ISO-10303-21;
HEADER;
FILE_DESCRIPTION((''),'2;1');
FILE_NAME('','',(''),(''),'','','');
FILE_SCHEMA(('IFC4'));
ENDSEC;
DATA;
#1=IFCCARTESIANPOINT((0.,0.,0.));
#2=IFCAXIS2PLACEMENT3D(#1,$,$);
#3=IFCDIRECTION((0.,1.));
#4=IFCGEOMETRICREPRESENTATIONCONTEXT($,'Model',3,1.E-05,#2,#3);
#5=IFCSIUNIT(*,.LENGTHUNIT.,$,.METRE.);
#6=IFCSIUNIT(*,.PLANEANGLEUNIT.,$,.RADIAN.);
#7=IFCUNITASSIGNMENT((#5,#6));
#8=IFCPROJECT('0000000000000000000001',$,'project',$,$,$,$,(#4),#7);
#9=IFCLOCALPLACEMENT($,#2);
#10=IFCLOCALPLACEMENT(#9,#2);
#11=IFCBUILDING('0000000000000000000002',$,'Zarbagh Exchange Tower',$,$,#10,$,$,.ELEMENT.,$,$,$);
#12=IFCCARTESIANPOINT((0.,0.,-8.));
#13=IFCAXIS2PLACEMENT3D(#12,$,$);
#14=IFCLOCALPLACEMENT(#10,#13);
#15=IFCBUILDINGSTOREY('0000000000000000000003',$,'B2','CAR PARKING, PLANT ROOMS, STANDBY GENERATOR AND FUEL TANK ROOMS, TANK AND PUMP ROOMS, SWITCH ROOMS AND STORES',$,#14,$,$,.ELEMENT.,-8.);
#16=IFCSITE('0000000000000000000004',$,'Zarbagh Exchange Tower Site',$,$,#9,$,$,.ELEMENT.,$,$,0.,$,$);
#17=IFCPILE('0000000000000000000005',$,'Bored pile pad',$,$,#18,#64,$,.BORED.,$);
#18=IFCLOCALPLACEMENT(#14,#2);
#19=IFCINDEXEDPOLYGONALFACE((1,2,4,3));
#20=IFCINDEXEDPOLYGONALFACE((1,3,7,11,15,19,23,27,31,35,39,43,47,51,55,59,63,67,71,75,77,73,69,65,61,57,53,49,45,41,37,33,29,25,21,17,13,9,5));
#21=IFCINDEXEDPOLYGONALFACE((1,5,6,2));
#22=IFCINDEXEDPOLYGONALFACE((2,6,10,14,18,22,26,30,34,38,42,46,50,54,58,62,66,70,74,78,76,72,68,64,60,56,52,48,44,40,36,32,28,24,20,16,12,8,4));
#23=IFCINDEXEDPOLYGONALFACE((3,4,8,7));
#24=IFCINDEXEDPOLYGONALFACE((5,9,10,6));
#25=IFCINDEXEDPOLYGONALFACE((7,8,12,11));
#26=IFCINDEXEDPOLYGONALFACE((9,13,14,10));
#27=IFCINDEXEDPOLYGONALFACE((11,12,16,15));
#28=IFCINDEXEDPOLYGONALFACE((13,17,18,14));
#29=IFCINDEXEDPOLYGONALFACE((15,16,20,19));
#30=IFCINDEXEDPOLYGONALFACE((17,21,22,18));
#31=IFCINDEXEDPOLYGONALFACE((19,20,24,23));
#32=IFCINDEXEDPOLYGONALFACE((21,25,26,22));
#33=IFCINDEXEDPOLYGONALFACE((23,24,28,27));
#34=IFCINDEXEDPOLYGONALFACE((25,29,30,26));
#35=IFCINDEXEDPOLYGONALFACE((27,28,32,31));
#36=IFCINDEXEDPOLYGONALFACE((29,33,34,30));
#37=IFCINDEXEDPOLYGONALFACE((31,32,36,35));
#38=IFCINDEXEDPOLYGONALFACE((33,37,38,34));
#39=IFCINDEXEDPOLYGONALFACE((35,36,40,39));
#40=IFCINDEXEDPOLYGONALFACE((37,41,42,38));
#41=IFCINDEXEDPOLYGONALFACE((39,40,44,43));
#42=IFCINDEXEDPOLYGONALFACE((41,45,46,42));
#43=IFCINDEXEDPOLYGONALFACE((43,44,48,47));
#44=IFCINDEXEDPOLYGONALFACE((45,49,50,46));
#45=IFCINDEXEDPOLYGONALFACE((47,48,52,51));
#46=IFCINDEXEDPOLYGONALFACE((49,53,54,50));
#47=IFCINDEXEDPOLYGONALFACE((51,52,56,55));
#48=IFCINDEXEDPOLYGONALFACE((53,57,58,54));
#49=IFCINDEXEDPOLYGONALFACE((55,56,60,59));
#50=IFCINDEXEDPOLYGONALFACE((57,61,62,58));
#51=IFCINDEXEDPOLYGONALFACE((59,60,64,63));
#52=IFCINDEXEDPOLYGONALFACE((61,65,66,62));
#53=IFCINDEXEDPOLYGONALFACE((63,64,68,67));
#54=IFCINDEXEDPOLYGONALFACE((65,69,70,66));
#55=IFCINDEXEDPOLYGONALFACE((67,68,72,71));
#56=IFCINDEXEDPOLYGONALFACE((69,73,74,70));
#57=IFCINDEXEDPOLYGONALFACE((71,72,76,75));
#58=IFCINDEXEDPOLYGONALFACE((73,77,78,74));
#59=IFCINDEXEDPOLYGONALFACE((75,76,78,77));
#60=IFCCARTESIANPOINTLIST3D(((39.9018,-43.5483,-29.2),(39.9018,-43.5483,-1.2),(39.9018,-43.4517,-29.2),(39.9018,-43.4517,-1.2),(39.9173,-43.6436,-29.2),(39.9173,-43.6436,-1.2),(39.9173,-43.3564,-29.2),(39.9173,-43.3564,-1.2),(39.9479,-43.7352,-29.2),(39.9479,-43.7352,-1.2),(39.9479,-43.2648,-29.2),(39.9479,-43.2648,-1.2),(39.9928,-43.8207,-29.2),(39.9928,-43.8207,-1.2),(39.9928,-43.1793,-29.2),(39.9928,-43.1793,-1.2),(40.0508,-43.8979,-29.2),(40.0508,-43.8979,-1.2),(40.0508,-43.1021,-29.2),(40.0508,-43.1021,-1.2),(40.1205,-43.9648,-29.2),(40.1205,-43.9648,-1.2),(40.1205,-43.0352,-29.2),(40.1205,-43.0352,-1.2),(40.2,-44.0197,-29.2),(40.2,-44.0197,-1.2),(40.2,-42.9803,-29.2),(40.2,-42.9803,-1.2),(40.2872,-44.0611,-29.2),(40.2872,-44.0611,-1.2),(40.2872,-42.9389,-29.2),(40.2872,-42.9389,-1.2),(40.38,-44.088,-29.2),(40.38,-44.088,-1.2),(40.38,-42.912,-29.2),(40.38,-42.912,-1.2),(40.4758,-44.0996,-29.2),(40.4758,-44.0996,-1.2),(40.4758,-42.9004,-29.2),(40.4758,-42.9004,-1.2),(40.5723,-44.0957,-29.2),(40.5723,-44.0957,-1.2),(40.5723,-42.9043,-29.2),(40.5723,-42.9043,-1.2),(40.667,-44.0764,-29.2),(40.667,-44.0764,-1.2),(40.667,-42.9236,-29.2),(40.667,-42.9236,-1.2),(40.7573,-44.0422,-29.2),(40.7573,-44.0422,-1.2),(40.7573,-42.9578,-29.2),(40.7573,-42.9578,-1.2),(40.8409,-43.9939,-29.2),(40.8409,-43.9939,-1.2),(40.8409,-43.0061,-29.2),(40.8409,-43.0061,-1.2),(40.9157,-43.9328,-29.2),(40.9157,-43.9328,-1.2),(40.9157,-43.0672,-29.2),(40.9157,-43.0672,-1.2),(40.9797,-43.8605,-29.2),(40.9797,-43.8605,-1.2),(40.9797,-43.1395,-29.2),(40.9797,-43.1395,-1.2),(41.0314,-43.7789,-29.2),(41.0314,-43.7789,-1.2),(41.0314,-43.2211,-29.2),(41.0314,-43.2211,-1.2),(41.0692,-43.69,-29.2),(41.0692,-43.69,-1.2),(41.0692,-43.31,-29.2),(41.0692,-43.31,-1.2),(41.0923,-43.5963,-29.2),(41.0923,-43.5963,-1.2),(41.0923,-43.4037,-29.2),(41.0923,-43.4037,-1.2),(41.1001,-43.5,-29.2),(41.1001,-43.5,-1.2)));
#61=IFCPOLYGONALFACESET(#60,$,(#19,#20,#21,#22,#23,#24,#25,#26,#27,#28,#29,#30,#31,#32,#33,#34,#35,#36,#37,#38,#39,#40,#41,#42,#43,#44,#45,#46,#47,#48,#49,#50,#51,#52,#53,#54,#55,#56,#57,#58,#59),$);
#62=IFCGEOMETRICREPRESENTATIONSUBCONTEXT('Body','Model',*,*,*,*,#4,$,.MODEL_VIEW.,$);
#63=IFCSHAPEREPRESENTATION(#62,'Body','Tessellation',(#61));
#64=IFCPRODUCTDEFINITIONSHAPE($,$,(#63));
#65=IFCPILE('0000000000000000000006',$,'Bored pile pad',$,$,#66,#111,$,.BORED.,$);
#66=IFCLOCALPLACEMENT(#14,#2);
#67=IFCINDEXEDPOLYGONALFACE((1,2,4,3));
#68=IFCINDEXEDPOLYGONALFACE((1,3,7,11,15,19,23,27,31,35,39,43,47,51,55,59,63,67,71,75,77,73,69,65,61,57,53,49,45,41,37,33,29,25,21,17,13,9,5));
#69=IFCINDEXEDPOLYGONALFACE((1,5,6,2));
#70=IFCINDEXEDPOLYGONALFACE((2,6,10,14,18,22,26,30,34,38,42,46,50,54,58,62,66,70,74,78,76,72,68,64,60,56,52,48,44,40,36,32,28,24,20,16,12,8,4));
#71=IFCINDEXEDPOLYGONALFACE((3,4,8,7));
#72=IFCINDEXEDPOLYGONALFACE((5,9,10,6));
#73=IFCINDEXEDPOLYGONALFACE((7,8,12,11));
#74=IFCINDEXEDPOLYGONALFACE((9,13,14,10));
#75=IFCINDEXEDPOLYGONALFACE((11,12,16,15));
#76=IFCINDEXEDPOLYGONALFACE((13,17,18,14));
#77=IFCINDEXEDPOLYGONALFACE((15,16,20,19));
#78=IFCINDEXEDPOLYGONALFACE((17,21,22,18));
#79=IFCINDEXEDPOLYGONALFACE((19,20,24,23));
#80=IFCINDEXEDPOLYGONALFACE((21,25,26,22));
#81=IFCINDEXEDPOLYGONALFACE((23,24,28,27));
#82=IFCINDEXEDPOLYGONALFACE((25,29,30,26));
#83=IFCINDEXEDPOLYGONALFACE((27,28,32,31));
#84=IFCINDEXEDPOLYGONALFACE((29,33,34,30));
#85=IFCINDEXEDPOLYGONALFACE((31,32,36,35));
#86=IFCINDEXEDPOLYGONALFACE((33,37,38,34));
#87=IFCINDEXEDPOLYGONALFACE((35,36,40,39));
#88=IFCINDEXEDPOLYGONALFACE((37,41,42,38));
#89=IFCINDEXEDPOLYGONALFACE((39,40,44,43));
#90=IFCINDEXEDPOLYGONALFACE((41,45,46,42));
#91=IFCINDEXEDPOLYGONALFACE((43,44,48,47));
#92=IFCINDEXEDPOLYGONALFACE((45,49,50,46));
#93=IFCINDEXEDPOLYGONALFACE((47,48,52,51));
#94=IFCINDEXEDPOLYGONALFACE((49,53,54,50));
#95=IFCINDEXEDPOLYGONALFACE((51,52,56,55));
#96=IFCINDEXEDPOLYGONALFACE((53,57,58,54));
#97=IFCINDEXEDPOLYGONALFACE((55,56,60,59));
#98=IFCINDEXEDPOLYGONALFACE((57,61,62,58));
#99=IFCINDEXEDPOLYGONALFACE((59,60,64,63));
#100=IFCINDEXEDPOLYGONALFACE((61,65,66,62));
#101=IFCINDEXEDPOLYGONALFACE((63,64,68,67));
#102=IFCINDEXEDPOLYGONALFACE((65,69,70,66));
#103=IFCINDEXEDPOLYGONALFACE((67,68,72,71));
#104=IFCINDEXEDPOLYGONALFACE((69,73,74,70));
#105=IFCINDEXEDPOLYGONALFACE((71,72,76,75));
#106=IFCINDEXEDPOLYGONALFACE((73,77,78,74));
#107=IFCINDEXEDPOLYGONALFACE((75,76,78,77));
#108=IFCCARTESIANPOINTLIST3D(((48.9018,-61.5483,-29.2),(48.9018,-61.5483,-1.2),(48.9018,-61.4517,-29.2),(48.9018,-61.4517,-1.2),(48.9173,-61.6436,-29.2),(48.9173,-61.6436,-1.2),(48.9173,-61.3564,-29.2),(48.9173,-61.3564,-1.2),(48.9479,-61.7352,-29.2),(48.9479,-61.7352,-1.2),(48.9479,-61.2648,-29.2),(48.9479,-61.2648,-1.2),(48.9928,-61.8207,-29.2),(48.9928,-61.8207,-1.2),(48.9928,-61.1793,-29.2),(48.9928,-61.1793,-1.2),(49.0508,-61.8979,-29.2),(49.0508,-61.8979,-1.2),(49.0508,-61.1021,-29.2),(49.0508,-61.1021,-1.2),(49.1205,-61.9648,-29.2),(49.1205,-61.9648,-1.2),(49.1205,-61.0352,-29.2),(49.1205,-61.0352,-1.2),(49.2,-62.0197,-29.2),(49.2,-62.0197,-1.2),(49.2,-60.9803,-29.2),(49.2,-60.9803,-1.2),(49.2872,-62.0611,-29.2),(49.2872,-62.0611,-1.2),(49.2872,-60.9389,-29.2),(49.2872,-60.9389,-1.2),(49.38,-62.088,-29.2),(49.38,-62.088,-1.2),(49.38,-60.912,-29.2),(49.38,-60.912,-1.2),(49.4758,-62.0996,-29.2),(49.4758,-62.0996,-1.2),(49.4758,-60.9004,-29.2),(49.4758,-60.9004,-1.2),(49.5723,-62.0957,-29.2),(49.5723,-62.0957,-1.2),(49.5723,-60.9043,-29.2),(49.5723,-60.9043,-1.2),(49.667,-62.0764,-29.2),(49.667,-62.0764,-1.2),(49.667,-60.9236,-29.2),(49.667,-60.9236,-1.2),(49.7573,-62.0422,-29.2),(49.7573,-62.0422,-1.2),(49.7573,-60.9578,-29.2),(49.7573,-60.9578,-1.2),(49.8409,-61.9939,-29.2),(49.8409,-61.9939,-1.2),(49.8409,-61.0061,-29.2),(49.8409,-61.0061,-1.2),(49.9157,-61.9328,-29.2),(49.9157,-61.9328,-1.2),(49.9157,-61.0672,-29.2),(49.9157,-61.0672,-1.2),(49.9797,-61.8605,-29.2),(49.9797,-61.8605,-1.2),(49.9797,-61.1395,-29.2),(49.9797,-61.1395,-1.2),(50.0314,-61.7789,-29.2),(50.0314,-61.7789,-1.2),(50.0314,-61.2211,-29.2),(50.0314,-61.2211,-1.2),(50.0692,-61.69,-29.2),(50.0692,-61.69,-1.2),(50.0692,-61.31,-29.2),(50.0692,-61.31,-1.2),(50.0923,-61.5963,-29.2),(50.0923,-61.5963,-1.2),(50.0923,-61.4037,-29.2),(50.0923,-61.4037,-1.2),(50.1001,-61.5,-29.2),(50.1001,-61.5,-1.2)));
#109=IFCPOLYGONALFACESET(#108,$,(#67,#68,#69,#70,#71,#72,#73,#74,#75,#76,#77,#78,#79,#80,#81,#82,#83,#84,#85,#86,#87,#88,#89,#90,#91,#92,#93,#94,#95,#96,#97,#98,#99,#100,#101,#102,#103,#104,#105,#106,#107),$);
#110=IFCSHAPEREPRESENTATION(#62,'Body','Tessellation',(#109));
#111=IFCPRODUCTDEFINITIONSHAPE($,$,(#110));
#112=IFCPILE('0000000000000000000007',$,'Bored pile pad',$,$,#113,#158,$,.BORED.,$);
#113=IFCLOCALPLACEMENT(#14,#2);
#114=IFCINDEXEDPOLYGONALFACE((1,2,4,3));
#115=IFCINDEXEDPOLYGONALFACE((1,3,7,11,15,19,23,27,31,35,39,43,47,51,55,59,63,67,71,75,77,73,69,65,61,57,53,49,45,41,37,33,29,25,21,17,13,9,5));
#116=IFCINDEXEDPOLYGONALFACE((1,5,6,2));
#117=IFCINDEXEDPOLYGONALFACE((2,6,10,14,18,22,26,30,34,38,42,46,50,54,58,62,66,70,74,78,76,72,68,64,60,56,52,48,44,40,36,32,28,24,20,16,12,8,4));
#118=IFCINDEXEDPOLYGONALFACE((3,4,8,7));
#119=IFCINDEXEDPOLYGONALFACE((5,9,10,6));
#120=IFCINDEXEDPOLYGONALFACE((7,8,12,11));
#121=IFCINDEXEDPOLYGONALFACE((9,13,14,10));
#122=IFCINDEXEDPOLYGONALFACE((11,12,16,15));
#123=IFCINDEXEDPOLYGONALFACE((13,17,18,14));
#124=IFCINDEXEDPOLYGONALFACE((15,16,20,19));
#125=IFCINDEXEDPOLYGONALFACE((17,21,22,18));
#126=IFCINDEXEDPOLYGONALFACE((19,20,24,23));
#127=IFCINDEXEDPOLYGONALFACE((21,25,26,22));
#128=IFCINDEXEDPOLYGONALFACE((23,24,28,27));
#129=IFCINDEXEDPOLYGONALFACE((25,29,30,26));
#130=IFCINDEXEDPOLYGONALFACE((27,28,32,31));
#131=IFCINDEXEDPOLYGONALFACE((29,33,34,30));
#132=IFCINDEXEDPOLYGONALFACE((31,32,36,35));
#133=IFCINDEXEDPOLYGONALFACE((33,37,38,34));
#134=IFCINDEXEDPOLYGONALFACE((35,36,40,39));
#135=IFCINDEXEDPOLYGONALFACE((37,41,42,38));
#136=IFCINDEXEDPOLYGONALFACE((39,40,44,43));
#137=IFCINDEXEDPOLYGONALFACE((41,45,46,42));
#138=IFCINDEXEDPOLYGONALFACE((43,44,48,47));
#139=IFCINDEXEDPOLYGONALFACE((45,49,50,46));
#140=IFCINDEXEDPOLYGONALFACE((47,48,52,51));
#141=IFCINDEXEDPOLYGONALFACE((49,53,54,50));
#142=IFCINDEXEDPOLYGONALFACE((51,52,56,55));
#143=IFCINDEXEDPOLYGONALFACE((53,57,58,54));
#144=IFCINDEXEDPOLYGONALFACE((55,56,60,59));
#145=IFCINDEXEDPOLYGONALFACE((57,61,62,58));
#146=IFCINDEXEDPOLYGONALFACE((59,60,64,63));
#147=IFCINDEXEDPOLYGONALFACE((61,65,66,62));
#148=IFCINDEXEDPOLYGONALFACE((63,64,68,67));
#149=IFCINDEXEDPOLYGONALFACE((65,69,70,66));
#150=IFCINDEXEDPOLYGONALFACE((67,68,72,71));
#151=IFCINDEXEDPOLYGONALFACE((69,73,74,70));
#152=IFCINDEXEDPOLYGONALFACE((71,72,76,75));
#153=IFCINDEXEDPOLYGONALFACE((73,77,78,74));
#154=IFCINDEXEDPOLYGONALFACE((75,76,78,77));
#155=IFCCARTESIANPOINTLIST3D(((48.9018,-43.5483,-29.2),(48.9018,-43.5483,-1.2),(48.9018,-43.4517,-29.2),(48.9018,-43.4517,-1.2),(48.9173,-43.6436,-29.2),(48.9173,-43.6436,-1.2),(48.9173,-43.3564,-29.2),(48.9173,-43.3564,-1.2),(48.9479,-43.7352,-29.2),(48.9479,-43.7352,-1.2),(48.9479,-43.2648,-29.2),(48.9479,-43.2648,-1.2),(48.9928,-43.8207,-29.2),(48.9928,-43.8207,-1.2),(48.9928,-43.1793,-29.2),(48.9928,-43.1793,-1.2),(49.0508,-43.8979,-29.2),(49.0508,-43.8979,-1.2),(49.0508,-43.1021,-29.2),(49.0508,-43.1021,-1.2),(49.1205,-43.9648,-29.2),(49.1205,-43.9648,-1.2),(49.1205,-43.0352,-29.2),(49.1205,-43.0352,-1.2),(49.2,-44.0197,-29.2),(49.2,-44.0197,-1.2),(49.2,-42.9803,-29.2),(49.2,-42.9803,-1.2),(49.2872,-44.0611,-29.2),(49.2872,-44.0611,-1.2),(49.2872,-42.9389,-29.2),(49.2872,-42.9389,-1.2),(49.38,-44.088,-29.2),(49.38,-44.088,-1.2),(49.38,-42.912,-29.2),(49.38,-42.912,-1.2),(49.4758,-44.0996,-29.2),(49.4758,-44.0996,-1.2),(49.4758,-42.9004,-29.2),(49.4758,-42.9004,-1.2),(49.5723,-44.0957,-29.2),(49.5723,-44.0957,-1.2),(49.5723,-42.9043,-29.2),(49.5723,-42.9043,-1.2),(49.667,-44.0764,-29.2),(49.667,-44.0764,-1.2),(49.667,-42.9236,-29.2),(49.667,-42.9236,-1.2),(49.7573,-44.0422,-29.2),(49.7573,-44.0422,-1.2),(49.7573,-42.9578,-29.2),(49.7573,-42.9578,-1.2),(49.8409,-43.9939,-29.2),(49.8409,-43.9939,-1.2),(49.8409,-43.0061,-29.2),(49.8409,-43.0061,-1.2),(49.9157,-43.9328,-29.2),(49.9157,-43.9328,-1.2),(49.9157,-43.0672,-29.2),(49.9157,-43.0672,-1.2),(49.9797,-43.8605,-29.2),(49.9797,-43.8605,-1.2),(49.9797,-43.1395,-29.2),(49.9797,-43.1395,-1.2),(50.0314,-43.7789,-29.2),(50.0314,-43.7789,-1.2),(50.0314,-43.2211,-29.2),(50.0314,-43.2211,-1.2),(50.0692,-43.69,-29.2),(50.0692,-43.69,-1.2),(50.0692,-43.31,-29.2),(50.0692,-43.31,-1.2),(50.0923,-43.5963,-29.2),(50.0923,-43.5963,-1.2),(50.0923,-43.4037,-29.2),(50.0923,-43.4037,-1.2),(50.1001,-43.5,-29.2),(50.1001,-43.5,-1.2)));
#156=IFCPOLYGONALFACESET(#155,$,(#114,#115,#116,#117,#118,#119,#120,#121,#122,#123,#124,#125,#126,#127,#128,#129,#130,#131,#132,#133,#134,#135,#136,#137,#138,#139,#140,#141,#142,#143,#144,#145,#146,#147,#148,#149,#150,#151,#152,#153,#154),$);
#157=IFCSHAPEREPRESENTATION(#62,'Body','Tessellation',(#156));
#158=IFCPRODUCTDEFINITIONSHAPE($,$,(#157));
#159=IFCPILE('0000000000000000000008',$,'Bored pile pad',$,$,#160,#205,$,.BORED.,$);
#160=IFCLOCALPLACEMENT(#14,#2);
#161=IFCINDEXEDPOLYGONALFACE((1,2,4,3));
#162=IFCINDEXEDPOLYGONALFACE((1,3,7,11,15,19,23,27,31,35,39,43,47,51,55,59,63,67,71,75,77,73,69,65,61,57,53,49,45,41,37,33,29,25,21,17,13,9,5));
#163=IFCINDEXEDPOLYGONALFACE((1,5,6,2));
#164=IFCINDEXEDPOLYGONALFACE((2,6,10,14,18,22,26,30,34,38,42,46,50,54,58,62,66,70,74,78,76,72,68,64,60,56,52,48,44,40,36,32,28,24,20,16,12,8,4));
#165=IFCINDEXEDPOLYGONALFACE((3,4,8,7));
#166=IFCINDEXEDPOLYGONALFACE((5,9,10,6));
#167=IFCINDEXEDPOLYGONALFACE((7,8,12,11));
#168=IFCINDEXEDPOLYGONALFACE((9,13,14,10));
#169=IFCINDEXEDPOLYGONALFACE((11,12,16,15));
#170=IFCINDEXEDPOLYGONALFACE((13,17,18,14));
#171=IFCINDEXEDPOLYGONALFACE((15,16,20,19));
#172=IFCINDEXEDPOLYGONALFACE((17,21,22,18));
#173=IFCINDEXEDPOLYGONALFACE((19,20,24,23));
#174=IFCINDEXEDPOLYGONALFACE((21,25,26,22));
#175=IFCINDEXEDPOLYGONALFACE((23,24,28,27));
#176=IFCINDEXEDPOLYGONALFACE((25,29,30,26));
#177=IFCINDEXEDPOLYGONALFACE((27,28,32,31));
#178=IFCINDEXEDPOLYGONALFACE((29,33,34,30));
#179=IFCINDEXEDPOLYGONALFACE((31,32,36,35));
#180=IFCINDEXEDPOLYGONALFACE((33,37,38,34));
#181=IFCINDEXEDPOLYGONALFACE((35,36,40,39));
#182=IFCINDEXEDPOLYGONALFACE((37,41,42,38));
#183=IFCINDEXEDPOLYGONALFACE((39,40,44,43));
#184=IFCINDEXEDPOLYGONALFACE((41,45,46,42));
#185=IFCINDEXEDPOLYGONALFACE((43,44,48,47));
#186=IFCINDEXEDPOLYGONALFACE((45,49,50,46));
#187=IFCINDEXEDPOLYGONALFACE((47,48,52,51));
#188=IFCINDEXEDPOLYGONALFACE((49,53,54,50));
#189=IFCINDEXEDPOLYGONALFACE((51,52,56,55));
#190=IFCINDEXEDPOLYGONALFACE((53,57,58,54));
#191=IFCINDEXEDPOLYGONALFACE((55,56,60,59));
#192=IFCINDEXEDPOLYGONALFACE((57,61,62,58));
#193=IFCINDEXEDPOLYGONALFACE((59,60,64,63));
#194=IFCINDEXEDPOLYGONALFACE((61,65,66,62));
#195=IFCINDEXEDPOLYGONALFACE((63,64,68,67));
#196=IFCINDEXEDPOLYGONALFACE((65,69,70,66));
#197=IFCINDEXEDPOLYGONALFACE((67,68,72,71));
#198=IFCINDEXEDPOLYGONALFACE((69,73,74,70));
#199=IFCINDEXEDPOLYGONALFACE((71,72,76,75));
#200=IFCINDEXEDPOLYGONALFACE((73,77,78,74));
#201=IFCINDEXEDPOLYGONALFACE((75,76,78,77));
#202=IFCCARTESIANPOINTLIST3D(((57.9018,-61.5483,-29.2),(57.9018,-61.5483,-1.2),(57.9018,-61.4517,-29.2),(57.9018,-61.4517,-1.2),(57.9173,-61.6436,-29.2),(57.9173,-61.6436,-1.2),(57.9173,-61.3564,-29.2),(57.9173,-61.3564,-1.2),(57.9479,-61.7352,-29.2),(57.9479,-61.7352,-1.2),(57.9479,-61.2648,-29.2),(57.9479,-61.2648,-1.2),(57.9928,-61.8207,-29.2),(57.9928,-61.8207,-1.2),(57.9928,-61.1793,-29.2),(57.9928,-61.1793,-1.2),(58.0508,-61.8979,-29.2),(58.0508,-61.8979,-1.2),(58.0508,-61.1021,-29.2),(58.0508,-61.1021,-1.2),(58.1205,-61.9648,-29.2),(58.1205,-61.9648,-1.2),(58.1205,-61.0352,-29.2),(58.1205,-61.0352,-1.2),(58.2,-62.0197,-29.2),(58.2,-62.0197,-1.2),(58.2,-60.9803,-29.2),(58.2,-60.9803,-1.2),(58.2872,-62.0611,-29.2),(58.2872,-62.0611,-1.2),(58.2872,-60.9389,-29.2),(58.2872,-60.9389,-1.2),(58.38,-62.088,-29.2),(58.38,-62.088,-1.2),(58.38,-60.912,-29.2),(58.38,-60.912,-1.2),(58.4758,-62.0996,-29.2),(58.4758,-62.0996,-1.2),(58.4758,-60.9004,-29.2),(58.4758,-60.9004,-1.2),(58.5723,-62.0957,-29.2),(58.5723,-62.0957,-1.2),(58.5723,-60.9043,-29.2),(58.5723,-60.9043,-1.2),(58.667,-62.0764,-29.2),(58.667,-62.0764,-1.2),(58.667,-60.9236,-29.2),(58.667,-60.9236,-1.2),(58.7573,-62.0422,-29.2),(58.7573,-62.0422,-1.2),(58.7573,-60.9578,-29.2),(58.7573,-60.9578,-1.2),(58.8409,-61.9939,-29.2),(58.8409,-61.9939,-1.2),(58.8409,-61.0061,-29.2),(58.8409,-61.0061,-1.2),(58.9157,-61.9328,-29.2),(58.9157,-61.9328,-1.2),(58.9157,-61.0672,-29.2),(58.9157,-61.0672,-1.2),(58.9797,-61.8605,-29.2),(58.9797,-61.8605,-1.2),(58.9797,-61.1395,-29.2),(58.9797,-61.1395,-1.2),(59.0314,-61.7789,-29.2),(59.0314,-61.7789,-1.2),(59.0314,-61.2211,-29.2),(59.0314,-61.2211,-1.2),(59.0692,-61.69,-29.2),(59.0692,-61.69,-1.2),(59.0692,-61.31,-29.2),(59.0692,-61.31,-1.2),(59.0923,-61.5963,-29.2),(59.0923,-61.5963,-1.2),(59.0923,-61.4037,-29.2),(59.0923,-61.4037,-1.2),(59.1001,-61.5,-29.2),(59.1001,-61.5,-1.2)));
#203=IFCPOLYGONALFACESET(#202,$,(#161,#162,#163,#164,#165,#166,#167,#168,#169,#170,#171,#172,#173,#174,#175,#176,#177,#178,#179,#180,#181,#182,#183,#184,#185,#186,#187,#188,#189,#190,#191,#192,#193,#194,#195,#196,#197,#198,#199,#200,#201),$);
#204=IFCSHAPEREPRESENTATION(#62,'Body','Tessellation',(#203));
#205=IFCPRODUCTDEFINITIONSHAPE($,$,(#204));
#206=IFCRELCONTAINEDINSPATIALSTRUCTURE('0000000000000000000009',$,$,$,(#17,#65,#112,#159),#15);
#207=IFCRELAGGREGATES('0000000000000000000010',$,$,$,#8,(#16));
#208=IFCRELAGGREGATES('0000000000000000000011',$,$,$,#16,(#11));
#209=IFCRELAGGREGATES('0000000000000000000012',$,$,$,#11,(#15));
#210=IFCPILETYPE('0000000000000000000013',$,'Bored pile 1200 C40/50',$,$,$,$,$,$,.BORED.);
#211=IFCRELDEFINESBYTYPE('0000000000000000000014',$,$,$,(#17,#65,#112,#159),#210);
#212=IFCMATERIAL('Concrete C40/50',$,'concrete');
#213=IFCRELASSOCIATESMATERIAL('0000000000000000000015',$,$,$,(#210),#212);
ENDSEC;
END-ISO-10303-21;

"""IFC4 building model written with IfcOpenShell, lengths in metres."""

from ifc_helpers import new_model, si_unit, direction, frame, origin, origin_2d, place, context, subcontext, project, spatial, circle, extrude, material, material_profile, profile_set, type_object, element, save


model = new_model("IFC4")

# Units and contexts
model_context = context("Model", 3, precision=1e-05, world=origin(), true_north=direction((0.0, 1.0)))
body_context = subcontext(model_context, "Body", "Model", "MODEL_VIEW")
ifc_project = project(units=[si_unit("LENGTHUNIT", "METRE"), si_unit("PLANEANGLEUNIT", "RADIAN")], contexts=[model_context])

# Site, building, storey
site_placement = place(None, origin())
site = spatial("IfcSite", under=ifc_project, at=site_placement, Name="Zarbagh Exchange Tower Site", CompositionType="ELEMENT", RefElevation=0.0)
building_placement = place(site_placement, origin())
building = spatial("IfcBuilding", under=site, at=building_placement, Name="Zarbagh Exchange Tower", CompositionType="ELEMENT")
storey_placement = place(building_placement, frame((0.0, 0.0, -8.0)))
storey = spatial("IfcBuildingStorey", under=building, at=storey_placement, Name="B2", Description="CAR PARKING, PLANT ROOMS, STANDBY GENERATOR AND FUEL TANK ROOMS, TANK AND PUMP ROOMS, SWITCH ROOMS AND STORES", CompositionType="ELEMENT", Elevation=-8.0)

# Piles
ifc_material_1 = material(Name="Concrete C40/50", Category="concrete")
ifc_material_profile_1 = material_profile(ifc_material_1, circle(Radius=0.6001, at=origin_2d()), Name="Bored pile 1200 C40/50")
ifc_profile_set_1 = profile_set([ifc_material_profile_1], Name="Concrete C40/50")
pile_type = type_object("IfcPileType", Name="Bored pile 1200 C40/50", PredefinedType="BORED", material=ifc_profile_set_1)
for number, where, z_axis, x_axis, name in (
    (1, (40.5, -43.5, -1.2), (0.0, 0.0, -1.0), (1.0, 0.0, 0.0), "Bored pile pad"),
    (2, (49.5, -61.5, -1.2), (0.0, 0.0, -1.0), (1.0, 0.0, 0.0), "Bored pile pad"),
    (3, (49.5, -43.5, -1.2), (0.0, 0.0, -1.0), (1.0, 0.0, 0.0), "Bored pile pad"),
    (4, (58.5, -61.5, -1.2), (0.0, 0.0, -1.0), (1.0, 0.0, 0.0), "Bored pile pad"),
):
    element("IfcPile", number, at=place(storey_placement, frame(where, z_axis=z_axis, x_axis=x_axis)), inside=storey, type_object=pile_type, Name=name, PredefinedType="BORED", context=body_context, shape_type="SweptSolid", body=[
        extrude(circle(Radius=0.6001, at=origin_2d()), origin(), (0.0, 0.0, 1.0), 28.0),
    ])

save(model, "model.ifc")
